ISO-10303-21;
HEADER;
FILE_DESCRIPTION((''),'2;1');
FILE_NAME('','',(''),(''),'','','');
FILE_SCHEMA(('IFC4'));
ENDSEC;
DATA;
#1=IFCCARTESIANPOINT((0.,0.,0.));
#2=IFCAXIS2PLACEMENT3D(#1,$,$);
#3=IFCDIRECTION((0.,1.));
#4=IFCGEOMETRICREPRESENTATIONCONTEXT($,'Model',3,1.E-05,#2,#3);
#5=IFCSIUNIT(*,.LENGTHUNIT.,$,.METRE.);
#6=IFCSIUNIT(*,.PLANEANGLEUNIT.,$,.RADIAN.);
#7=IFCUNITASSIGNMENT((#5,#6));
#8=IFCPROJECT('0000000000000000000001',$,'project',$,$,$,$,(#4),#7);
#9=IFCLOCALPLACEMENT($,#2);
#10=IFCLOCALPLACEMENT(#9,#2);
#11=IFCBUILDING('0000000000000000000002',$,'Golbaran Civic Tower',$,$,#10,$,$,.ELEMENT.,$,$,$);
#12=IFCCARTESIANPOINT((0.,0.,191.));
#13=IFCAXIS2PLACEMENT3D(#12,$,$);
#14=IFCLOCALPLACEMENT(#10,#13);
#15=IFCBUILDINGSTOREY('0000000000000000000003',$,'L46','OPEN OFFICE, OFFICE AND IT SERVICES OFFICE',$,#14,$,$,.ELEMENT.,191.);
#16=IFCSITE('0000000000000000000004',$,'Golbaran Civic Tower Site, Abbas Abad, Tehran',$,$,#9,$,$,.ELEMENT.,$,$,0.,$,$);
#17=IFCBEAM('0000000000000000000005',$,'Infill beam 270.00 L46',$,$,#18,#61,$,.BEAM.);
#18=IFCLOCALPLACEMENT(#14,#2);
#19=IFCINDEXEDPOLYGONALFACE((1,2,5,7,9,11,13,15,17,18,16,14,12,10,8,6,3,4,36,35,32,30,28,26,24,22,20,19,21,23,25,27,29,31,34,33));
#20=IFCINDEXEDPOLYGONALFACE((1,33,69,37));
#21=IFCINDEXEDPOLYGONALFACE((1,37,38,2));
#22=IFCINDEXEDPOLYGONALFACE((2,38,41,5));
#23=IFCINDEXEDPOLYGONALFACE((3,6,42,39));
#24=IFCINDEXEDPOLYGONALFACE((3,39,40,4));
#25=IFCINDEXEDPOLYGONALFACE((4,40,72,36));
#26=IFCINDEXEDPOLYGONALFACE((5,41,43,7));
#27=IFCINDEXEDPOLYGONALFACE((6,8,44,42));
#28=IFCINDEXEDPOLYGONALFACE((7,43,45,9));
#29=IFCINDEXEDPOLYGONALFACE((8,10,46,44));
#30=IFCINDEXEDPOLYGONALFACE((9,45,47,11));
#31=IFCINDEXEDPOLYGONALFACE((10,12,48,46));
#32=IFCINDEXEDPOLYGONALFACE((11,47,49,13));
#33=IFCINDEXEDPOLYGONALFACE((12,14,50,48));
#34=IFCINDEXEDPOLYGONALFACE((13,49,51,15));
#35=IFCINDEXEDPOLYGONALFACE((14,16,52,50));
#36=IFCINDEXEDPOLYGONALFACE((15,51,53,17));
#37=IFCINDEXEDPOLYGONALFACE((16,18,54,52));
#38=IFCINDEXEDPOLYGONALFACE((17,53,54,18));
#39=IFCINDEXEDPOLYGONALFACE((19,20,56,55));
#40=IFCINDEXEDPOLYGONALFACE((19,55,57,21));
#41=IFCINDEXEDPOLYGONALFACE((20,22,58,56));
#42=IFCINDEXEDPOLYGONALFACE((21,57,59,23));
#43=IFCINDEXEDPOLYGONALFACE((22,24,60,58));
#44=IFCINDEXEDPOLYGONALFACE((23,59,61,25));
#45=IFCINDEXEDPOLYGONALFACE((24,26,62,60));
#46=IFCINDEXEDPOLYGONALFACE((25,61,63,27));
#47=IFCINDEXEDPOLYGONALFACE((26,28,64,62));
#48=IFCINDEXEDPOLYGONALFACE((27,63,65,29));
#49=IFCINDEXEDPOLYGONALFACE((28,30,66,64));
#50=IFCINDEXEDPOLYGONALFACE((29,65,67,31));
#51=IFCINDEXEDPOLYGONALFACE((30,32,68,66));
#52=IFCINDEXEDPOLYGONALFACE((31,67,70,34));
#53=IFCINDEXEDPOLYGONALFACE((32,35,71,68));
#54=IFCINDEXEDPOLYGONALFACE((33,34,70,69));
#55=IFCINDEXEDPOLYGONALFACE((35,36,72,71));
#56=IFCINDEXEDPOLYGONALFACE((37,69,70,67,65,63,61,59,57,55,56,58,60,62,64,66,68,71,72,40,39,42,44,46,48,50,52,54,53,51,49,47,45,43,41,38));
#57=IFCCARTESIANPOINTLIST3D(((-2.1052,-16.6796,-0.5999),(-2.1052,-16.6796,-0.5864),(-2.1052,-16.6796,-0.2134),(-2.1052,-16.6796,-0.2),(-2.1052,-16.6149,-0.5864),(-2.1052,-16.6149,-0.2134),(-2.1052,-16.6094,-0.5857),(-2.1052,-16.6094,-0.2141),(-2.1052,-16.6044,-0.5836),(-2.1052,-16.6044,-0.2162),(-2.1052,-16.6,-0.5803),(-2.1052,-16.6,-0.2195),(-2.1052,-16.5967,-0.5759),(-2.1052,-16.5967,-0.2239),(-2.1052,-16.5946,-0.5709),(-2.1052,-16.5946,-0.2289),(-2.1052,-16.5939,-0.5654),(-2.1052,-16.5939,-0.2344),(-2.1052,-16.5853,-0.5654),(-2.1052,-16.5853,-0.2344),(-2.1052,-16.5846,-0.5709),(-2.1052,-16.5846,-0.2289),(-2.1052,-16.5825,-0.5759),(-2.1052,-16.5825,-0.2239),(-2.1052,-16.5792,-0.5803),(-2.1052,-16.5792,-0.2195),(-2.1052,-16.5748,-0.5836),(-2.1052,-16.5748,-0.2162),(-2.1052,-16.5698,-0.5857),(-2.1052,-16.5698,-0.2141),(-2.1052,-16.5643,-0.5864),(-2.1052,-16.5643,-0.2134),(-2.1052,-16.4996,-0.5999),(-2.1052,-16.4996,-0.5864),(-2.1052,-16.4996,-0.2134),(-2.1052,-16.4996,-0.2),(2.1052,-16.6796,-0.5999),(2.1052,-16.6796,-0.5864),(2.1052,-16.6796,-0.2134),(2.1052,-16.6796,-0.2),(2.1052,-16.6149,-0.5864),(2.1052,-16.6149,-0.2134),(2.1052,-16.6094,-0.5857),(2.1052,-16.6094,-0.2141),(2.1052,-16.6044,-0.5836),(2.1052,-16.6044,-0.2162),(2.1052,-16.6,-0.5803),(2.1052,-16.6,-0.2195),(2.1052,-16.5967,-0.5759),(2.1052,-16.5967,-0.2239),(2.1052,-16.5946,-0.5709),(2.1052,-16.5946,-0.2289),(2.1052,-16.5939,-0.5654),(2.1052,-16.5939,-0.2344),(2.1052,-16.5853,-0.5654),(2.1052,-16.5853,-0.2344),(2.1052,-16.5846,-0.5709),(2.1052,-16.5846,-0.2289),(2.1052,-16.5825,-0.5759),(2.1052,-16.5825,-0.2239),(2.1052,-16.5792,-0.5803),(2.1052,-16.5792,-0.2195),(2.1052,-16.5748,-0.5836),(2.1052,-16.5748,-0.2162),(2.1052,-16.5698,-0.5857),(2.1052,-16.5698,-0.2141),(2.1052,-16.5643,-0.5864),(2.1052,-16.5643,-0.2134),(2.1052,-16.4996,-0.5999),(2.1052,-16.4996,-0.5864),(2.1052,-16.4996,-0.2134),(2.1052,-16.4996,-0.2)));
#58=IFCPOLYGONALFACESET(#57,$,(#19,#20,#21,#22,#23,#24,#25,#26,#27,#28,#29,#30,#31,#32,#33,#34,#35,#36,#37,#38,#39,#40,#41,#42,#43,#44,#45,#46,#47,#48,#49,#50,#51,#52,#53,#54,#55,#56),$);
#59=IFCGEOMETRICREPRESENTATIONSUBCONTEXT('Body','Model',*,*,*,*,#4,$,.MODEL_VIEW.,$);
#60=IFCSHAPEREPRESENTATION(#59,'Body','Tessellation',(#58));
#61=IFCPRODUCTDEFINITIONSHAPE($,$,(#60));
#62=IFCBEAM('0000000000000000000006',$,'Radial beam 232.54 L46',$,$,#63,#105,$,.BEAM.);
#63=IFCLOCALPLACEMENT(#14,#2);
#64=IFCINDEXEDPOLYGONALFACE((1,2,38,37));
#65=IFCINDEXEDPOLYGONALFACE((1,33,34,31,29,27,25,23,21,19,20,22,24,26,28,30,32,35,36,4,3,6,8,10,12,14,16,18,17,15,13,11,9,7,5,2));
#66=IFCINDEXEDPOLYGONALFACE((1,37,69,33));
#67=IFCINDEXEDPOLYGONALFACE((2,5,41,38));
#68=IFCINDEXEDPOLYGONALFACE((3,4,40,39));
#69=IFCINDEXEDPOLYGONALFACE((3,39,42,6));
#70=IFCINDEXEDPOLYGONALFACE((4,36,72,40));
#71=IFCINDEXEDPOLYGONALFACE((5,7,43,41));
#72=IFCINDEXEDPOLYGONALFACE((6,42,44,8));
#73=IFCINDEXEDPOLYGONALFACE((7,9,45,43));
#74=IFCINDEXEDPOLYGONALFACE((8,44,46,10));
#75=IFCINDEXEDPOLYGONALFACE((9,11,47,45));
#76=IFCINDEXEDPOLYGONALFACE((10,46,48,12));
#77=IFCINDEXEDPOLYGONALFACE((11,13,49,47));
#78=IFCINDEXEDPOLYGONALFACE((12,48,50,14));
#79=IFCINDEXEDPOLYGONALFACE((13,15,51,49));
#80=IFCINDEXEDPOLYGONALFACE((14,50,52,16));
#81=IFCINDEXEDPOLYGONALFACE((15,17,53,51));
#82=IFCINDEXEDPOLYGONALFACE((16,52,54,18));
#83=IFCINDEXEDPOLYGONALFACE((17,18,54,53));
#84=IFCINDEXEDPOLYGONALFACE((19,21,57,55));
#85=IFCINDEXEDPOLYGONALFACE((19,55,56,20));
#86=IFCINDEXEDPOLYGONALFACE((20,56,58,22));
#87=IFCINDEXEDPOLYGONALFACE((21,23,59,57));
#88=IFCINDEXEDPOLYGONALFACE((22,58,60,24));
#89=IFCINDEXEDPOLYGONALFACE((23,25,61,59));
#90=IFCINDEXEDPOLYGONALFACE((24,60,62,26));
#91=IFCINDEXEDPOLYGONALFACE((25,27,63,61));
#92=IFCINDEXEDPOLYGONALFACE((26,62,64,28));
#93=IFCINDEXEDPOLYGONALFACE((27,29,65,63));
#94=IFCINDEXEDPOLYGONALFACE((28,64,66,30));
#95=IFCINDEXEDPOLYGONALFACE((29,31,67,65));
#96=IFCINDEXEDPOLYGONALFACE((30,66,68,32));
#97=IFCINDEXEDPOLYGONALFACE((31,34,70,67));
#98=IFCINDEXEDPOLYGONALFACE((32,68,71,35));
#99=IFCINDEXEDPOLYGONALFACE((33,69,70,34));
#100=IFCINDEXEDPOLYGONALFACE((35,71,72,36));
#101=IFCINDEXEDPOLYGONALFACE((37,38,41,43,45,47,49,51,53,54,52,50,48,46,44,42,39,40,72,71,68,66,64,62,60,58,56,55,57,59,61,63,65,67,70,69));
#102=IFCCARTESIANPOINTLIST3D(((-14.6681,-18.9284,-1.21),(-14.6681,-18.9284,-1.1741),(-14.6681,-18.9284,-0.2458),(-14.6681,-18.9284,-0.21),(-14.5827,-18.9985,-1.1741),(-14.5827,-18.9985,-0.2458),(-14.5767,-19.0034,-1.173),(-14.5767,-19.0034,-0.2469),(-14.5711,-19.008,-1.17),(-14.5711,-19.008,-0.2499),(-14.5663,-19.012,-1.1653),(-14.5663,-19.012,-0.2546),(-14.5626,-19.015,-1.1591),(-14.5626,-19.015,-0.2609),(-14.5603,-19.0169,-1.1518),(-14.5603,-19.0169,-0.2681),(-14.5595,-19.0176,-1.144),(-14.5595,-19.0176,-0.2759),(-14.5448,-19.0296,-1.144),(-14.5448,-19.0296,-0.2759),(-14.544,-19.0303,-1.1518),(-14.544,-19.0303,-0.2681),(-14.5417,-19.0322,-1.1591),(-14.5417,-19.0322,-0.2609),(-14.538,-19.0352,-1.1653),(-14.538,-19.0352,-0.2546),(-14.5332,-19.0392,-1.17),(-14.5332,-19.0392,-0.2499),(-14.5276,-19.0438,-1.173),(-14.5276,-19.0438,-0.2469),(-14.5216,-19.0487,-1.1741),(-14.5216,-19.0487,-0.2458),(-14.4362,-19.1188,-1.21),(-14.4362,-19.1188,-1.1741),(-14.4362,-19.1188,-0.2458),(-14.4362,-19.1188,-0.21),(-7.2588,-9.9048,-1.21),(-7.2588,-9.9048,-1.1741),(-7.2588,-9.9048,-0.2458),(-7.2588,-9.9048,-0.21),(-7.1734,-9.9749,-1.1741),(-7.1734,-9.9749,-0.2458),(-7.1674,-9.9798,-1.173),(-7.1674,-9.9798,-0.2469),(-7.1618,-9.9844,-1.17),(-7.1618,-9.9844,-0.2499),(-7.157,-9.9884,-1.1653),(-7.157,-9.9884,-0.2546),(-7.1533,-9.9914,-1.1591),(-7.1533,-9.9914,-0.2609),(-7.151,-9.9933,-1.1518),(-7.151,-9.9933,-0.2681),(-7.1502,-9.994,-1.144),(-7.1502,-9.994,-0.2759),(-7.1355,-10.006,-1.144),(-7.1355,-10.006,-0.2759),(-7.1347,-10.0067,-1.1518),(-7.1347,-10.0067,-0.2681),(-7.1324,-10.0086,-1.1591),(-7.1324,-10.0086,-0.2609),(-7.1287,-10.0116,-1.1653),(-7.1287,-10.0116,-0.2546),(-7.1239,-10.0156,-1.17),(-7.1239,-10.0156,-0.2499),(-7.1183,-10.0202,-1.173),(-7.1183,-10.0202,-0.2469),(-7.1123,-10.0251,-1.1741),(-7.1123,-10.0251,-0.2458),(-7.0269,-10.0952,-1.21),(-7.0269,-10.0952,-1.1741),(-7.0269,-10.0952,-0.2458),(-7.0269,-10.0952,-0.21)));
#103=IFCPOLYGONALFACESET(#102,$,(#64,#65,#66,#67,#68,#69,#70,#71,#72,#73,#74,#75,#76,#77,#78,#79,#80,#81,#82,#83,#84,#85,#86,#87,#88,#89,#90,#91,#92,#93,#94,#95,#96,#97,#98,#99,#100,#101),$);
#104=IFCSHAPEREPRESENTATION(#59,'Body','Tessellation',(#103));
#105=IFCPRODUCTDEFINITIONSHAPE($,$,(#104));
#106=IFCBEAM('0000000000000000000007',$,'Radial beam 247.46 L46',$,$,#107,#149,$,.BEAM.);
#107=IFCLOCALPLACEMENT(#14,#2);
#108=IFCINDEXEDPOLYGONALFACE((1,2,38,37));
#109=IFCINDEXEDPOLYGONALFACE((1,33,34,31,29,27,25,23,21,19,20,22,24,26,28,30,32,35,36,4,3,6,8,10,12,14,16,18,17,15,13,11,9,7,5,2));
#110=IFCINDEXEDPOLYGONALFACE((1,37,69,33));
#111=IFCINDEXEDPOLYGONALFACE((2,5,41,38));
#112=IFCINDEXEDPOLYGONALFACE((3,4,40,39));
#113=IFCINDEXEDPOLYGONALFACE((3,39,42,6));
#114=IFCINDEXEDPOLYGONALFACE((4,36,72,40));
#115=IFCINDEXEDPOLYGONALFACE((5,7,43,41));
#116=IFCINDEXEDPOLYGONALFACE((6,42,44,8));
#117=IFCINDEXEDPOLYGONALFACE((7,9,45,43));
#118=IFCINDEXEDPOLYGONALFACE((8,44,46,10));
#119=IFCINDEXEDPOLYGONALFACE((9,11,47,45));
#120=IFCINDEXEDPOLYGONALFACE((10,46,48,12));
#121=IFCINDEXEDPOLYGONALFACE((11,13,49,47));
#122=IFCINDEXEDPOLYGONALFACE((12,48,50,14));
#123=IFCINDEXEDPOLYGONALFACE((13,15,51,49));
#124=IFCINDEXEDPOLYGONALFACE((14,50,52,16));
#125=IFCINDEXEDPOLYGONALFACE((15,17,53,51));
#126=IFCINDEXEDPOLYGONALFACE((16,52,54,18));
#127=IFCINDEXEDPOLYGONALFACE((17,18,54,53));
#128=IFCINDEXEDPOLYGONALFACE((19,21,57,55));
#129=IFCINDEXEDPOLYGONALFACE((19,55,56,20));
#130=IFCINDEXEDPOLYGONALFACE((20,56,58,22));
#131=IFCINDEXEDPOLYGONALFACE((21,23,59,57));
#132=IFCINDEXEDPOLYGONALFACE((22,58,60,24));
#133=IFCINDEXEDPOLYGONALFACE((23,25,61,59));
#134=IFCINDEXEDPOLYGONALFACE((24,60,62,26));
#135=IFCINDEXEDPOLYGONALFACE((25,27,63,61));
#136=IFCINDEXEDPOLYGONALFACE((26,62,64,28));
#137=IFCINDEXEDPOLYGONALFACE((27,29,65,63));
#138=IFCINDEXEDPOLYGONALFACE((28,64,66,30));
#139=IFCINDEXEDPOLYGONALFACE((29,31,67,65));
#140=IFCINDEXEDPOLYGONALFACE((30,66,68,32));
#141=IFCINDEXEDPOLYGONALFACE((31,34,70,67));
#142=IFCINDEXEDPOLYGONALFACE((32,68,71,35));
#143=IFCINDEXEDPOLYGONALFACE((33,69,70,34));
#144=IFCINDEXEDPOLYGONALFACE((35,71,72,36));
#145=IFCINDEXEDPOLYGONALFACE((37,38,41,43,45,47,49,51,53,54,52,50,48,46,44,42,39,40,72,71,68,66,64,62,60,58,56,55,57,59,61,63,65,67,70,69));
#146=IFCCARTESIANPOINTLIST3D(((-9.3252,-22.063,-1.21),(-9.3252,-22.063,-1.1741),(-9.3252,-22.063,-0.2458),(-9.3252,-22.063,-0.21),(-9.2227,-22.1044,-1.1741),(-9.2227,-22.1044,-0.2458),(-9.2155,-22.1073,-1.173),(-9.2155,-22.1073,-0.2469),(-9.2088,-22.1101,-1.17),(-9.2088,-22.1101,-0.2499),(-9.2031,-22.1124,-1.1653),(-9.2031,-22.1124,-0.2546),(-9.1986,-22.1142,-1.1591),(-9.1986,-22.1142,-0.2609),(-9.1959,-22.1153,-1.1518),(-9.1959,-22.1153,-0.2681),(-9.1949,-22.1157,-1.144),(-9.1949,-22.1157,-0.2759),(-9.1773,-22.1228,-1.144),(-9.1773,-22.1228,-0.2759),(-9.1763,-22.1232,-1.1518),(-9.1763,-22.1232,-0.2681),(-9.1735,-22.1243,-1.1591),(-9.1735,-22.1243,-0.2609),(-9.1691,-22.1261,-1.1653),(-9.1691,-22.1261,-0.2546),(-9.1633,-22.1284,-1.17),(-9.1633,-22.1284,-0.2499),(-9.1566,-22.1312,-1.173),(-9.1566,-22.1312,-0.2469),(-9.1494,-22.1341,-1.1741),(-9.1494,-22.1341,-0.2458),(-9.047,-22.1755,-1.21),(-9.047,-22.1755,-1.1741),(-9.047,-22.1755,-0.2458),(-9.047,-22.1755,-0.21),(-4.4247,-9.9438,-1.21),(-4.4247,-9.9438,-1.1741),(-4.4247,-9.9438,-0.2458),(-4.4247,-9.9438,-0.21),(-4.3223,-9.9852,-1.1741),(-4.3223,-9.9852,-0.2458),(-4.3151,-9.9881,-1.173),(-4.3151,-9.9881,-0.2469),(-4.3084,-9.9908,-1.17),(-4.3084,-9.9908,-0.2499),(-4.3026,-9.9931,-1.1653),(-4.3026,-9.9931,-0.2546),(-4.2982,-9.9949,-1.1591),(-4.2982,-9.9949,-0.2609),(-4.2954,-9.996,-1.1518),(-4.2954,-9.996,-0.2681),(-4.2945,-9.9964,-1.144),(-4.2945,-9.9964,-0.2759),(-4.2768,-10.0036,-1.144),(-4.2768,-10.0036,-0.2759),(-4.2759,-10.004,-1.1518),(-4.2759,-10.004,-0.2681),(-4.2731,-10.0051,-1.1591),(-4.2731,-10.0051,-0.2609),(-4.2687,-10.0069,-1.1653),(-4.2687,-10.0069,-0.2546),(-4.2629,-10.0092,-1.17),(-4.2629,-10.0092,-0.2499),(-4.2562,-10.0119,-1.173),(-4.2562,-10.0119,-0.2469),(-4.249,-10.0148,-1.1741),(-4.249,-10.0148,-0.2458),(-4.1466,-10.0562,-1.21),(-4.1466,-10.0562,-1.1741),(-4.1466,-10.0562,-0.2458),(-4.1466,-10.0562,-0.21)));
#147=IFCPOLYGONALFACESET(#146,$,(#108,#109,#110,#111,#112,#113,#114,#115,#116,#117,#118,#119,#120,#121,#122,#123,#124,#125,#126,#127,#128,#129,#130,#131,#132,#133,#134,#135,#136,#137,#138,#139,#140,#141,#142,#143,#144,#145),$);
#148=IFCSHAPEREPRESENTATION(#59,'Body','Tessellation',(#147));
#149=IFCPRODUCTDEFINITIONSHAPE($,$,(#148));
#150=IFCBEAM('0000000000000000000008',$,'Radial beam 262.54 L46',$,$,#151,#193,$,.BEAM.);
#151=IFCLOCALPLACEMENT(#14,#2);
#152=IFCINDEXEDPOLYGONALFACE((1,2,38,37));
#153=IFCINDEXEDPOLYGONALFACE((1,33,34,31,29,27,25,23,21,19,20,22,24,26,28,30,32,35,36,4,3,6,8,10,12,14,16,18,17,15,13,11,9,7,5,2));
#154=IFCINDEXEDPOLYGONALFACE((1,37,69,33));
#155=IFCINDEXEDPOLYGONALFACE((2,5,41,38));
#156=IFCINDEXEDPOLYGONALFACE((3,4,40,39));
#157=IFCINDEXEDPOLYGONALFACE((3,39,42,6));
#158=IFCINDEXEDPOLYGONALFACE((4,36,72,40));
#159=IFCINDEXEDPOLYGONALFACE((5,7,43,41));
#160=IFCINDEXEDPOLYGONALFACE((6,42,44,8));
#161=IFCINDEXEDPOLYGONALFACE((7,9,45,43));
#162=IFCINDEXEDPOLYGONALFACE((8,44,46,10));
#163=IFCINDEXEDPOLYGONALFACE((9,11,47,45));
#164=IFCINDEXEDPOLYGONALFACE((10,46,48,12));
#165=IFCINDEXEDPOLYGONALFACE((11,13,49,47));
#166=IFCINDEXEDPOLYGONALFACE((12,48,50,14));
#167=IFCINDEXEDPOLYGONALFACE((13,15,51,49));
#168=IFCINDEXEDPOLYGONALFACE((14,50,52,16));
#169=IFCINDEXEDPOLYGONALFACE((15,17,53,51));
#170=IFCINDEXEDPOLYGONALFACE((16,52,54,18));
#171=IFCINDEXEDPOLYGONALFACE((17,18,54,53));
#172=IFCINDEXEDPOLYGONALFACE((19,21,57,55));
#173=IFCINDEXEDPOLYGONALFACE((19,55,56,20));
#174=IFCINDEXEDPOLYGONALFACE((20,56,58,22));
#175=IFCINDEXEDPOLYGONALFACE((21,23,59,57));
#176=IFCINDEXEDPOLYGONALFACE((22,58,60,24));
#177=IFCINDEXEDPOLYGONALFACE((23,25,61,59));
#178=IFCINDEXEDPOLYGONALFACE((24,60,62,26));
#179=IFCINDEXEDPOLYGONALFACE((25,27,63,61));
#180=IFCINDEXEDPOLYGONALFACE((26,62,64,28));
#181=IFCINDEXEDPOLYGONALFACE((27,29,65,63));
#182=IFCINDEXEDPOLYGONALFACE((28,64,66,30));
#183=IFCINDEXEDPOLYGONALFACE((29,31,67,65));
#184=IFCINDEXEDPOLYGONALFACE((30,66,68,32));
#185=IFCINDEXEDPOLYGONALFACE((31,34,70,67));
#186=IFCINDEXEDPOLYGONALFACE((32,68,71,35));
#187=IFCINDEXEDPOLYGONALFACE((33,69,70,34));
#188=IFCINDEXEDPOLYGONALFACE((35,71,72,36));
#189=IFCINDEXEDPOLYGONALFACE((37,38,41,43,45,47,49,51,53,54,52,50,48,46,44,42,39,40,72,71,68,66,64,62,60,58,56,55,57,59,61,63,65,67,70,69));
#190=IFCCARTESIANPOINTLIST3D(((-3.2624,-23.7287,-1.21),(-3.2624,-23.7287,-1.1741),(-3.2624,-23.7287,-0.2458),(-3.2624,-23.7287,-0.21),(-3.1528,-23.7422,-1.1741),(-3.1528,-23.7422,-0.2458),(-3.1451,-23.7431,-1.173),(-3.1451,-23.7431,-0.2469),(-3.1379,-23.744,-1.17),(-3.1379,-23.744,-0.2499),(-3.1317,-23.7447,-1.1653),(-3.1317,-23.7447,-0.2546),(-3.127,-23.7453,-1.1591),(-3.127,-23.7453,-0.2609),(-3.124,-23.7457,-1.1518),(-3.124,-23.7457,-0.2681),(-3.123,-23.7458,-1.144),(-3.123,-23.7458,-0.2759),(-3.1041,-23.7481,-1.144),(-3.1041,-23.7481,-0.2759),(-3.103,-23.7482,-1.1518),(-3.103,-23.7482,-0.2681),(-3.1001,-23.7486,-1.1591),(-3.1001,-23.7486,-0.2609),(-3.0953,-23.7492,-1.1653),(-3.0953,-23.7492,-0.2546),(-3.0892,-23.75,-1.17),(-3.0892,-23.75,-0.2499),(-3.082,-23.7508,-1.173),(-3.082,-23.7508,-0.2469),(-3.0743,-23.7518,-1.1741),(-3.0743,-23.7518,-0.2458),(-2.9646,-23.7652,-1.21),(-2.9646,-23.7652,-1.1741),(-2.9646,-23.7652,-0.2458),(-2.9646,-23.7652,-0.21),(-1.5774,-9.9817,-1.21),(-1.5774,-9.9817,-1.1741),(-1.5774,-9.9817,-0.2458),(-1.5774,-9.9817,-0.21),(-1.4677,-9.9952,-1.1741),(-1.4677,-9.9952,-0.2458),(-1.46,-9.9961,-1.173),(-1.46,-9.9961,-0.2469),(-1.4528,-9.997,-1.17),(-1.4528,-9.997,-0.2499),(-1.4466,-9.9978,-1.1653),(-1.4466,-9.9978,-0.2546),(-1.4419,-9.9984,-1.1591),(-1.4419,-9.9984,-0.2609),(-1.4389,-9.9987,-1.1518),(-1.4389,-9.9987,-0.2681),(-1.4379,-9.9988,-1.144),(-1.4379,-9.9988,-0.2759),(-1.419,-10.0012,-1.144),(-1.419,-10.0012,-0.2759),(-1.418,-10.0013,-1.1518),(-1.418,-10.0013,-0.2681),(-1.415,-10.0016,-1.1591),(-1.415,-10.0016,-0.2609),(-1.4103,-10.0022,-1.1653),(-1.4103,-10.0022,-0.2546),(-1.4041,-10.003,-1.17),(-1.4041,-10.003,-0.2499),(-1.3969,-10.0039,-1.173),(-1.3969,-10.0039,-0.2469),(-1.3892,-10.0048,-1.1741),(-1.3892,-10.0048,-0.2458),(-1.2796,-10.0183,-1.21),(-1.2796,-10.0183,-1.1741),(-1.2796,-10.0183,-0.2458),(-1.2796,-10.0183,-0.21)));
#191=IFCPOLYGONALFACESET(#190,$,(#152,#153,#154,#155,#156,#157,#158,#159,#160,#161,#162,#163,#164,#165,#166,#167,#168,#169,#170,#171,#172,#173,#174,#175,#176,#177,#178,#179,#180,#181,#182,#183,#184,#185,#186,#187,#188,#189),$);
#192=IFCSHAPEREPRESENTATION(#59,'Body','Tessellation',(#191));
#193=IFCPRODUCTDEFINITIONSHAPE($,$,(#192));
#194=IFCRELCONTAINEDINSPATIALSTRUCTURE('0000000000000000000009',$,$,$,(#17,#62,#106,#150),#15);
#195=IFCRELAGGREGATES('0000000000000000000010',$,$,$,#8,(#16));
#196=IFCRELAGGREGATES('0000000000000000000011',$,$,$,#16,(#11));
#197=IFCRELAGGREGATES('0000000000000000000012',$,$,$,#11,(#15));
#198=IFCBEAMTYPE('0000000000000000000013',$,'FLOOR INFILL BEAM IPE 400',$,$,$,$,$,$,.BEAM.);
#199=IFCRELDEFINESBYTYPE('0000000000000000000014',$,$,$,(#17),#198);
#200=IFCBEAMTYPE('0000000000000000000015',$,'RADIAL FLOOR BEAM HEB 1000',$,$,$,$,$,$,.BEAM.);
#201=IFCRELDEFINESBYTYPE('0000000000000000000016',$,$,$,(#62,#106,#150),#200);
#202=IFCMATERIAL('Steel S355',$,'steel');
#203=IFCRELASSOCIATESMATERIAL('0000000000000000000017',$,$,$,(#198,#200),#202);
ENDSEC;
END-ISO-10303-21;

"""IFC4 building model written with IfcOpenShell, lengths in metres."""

from ifc_helpers import new_model, si_unit, direction, frame, origin, origin_2d, place, context, subcontext, project, spatial, i_section, extrude, material, material_profile, profile_set, type_object, element, save


model = new_model("IFC4")

# Units and contexts
model_context = context("Model", 3, precision=1e-05, world=origin(), true_north=direction((0.0, 1.0)))
body_context = subcontext(model_context, "Body", "Model", "MODEL_VIEW")
ifc_project = project(units=[si_unit("LENGTHUNIT", "METRE"), si_unit("PLANEANGLEUNIT", "RADIAN")], contexts=[model_context])

# Site, building, storey
site_placement = place(None, origin())
site = spatial("IfcSite", under=ifc_project, at=site_placement, Name="Golbaran Civic Tower Site, Abbas Abad, Tehran", CompositionType="ELEMENT", RefElevation=0.0)
building_placement = place(site_placement, origin())
building = spatial("IfcBuilding", under=site, at=building_placement, Name="Golbaran Civic Tower", CompositionType="ELEMENT")
storey_placement = place(building_placement, frame((0.0, 0.0, 191.0)))
storey = spatial("IfcBuildingStorey", under=building, at=storey_placement, Name="L46", Description="OPEN OFFICE, OFFICE AND IT SERVICES OFFICE", CompositionType="ELEMENT", Elevation=191.0)

# Beams
ifc_material_1 = material(Name="Steel S355", Category="steel")
ifc_material_profile_1 = material_profile(ifc_material_1, i_section(OverallWidth=0.1799, OverallDepth=0.3999, WebThickness=0.0085, FlangeThickness=0.0134, FilletRadius=0.021, at=origin_2d()), Name="IPE 400")
ifc_profile_set_1 = profile_set([ifc_material_profile_1], Name="Steel S355")
beam_type_1 = type_object("IfcBeamType", Name="FLOOR INFILL BEAM IPE 400", PredefinedType="BEAM", material=ifc_profile_set_1)
beam_1_placement = place(storey_placement, frame((-2.1052, -16.5896, -0.3999), z_axis=(1.0, 0.0, 0.0), x_axis=(0.0, 1.0, 0.0)))
element("IfcBeam", 1, at=beam_1_placement, inside=storey, type_object=beam_type_1, Name="Infill beam 270.00 L46", PredefinedType="BEAM", context=body_context, shape_type="SweptSolid", body=[
    extrude(i_section(OverallWidth=0.1799, OverallDepth=0.3999, WebThickness=0.0085, FlangeThickness=0.0134, FilletRadius=0.021, at=origin_2d()), origin(), (0.0, 0.0, 1.0), 4.2104),
])
ifc_material_profile_2 = material_profile(ifc_material_1, i_section(OverallWidth=0.3, OverallDepth=1.0, WebThickness=0.019, FlangeThickness=0.0359, FilletRadius=0.03, at=origin_2d()), Name="HEB 1000")
ifc_profile_set_2 = profile_set([ifc_material_profile_2], Name="Steel S355")
beam_type_2 = type_object("IfcBeamType", Name="RADIAL FLOOR BEAM HEB 1000", PredefinedType="BEAM", material=ifc_profile_set_2)
beam_2_placement = place(storey_placement, frame((-7.1428, -10.0, -0.71), z_axis=(-0.634592, -0.772847, 0.0), x_axis=(0.772847, -0.634592, 0.0)))
element("IfcBeam", 2, at=beam_2_placement, inside=storey, type_object=beam_type_2, Name="Radial beam 232.54 L46", PredefinedType="BEAM", context=body_context, shape_type="SweptSolid", body=[
    extrude(i_section(OverallWidth=0.3, OverallDepth=1.0, WebThickness=0.019, FlangeThickness=0.0359, FilletRadius=0.03, at=origin_2d()), origin(), (0.0, 0.0, 1.0), 11.6758),
])
beam_3_placement = place(storey_placement, frame((-4.2856, -10.0, -0.71), z_axis=(-0.374866, -0.927079, 0.0), x_axis=(0.927079, -0.374866, 0.0)))
element("IfcBeam", 3, at=beam_3_placement, inside=storey, type_object=beam_type_2, Name="Radial beam 247.46 L46", PredefinedType="BEAM", context=body_context, shape_type="SweptSolid", body=[
    extrude(i_section(OverallWidth=0.3, OverallDepth=1.0, WebThickness=0.019, FlangeThickness=0.0359, FilletRadius=0.03, at=origin_2d()), origin(), (0.0, 0.0, 1.0), 13.0725),
])
beam_4_placement = place(storey_placement, frame((-1.4285, -10.0, -0.71), z_axis=(-0.121665, -0.992571, 0.0), x_axis=(0.992571, -0.121665, 0.0)))
element("IfcBeam", 4, at=beam_4_placement, inside=storey, type_object=beam_type_2, Name="Radial beam 262.54 L46", PredefinedType="BEAM", context=body_context, shape_type="SweptSolid", body=[
    extrude(i_section(OverallWidth=0.3, OverallDepth=1.0, WebThickness=0.019, FlangeThickness=0.0359, FilletRadius=0.03, at=origin_2d()), origin(), (0.0, 0.0, 1.0), 13.8499),
])

save(model, "model.ifc")
